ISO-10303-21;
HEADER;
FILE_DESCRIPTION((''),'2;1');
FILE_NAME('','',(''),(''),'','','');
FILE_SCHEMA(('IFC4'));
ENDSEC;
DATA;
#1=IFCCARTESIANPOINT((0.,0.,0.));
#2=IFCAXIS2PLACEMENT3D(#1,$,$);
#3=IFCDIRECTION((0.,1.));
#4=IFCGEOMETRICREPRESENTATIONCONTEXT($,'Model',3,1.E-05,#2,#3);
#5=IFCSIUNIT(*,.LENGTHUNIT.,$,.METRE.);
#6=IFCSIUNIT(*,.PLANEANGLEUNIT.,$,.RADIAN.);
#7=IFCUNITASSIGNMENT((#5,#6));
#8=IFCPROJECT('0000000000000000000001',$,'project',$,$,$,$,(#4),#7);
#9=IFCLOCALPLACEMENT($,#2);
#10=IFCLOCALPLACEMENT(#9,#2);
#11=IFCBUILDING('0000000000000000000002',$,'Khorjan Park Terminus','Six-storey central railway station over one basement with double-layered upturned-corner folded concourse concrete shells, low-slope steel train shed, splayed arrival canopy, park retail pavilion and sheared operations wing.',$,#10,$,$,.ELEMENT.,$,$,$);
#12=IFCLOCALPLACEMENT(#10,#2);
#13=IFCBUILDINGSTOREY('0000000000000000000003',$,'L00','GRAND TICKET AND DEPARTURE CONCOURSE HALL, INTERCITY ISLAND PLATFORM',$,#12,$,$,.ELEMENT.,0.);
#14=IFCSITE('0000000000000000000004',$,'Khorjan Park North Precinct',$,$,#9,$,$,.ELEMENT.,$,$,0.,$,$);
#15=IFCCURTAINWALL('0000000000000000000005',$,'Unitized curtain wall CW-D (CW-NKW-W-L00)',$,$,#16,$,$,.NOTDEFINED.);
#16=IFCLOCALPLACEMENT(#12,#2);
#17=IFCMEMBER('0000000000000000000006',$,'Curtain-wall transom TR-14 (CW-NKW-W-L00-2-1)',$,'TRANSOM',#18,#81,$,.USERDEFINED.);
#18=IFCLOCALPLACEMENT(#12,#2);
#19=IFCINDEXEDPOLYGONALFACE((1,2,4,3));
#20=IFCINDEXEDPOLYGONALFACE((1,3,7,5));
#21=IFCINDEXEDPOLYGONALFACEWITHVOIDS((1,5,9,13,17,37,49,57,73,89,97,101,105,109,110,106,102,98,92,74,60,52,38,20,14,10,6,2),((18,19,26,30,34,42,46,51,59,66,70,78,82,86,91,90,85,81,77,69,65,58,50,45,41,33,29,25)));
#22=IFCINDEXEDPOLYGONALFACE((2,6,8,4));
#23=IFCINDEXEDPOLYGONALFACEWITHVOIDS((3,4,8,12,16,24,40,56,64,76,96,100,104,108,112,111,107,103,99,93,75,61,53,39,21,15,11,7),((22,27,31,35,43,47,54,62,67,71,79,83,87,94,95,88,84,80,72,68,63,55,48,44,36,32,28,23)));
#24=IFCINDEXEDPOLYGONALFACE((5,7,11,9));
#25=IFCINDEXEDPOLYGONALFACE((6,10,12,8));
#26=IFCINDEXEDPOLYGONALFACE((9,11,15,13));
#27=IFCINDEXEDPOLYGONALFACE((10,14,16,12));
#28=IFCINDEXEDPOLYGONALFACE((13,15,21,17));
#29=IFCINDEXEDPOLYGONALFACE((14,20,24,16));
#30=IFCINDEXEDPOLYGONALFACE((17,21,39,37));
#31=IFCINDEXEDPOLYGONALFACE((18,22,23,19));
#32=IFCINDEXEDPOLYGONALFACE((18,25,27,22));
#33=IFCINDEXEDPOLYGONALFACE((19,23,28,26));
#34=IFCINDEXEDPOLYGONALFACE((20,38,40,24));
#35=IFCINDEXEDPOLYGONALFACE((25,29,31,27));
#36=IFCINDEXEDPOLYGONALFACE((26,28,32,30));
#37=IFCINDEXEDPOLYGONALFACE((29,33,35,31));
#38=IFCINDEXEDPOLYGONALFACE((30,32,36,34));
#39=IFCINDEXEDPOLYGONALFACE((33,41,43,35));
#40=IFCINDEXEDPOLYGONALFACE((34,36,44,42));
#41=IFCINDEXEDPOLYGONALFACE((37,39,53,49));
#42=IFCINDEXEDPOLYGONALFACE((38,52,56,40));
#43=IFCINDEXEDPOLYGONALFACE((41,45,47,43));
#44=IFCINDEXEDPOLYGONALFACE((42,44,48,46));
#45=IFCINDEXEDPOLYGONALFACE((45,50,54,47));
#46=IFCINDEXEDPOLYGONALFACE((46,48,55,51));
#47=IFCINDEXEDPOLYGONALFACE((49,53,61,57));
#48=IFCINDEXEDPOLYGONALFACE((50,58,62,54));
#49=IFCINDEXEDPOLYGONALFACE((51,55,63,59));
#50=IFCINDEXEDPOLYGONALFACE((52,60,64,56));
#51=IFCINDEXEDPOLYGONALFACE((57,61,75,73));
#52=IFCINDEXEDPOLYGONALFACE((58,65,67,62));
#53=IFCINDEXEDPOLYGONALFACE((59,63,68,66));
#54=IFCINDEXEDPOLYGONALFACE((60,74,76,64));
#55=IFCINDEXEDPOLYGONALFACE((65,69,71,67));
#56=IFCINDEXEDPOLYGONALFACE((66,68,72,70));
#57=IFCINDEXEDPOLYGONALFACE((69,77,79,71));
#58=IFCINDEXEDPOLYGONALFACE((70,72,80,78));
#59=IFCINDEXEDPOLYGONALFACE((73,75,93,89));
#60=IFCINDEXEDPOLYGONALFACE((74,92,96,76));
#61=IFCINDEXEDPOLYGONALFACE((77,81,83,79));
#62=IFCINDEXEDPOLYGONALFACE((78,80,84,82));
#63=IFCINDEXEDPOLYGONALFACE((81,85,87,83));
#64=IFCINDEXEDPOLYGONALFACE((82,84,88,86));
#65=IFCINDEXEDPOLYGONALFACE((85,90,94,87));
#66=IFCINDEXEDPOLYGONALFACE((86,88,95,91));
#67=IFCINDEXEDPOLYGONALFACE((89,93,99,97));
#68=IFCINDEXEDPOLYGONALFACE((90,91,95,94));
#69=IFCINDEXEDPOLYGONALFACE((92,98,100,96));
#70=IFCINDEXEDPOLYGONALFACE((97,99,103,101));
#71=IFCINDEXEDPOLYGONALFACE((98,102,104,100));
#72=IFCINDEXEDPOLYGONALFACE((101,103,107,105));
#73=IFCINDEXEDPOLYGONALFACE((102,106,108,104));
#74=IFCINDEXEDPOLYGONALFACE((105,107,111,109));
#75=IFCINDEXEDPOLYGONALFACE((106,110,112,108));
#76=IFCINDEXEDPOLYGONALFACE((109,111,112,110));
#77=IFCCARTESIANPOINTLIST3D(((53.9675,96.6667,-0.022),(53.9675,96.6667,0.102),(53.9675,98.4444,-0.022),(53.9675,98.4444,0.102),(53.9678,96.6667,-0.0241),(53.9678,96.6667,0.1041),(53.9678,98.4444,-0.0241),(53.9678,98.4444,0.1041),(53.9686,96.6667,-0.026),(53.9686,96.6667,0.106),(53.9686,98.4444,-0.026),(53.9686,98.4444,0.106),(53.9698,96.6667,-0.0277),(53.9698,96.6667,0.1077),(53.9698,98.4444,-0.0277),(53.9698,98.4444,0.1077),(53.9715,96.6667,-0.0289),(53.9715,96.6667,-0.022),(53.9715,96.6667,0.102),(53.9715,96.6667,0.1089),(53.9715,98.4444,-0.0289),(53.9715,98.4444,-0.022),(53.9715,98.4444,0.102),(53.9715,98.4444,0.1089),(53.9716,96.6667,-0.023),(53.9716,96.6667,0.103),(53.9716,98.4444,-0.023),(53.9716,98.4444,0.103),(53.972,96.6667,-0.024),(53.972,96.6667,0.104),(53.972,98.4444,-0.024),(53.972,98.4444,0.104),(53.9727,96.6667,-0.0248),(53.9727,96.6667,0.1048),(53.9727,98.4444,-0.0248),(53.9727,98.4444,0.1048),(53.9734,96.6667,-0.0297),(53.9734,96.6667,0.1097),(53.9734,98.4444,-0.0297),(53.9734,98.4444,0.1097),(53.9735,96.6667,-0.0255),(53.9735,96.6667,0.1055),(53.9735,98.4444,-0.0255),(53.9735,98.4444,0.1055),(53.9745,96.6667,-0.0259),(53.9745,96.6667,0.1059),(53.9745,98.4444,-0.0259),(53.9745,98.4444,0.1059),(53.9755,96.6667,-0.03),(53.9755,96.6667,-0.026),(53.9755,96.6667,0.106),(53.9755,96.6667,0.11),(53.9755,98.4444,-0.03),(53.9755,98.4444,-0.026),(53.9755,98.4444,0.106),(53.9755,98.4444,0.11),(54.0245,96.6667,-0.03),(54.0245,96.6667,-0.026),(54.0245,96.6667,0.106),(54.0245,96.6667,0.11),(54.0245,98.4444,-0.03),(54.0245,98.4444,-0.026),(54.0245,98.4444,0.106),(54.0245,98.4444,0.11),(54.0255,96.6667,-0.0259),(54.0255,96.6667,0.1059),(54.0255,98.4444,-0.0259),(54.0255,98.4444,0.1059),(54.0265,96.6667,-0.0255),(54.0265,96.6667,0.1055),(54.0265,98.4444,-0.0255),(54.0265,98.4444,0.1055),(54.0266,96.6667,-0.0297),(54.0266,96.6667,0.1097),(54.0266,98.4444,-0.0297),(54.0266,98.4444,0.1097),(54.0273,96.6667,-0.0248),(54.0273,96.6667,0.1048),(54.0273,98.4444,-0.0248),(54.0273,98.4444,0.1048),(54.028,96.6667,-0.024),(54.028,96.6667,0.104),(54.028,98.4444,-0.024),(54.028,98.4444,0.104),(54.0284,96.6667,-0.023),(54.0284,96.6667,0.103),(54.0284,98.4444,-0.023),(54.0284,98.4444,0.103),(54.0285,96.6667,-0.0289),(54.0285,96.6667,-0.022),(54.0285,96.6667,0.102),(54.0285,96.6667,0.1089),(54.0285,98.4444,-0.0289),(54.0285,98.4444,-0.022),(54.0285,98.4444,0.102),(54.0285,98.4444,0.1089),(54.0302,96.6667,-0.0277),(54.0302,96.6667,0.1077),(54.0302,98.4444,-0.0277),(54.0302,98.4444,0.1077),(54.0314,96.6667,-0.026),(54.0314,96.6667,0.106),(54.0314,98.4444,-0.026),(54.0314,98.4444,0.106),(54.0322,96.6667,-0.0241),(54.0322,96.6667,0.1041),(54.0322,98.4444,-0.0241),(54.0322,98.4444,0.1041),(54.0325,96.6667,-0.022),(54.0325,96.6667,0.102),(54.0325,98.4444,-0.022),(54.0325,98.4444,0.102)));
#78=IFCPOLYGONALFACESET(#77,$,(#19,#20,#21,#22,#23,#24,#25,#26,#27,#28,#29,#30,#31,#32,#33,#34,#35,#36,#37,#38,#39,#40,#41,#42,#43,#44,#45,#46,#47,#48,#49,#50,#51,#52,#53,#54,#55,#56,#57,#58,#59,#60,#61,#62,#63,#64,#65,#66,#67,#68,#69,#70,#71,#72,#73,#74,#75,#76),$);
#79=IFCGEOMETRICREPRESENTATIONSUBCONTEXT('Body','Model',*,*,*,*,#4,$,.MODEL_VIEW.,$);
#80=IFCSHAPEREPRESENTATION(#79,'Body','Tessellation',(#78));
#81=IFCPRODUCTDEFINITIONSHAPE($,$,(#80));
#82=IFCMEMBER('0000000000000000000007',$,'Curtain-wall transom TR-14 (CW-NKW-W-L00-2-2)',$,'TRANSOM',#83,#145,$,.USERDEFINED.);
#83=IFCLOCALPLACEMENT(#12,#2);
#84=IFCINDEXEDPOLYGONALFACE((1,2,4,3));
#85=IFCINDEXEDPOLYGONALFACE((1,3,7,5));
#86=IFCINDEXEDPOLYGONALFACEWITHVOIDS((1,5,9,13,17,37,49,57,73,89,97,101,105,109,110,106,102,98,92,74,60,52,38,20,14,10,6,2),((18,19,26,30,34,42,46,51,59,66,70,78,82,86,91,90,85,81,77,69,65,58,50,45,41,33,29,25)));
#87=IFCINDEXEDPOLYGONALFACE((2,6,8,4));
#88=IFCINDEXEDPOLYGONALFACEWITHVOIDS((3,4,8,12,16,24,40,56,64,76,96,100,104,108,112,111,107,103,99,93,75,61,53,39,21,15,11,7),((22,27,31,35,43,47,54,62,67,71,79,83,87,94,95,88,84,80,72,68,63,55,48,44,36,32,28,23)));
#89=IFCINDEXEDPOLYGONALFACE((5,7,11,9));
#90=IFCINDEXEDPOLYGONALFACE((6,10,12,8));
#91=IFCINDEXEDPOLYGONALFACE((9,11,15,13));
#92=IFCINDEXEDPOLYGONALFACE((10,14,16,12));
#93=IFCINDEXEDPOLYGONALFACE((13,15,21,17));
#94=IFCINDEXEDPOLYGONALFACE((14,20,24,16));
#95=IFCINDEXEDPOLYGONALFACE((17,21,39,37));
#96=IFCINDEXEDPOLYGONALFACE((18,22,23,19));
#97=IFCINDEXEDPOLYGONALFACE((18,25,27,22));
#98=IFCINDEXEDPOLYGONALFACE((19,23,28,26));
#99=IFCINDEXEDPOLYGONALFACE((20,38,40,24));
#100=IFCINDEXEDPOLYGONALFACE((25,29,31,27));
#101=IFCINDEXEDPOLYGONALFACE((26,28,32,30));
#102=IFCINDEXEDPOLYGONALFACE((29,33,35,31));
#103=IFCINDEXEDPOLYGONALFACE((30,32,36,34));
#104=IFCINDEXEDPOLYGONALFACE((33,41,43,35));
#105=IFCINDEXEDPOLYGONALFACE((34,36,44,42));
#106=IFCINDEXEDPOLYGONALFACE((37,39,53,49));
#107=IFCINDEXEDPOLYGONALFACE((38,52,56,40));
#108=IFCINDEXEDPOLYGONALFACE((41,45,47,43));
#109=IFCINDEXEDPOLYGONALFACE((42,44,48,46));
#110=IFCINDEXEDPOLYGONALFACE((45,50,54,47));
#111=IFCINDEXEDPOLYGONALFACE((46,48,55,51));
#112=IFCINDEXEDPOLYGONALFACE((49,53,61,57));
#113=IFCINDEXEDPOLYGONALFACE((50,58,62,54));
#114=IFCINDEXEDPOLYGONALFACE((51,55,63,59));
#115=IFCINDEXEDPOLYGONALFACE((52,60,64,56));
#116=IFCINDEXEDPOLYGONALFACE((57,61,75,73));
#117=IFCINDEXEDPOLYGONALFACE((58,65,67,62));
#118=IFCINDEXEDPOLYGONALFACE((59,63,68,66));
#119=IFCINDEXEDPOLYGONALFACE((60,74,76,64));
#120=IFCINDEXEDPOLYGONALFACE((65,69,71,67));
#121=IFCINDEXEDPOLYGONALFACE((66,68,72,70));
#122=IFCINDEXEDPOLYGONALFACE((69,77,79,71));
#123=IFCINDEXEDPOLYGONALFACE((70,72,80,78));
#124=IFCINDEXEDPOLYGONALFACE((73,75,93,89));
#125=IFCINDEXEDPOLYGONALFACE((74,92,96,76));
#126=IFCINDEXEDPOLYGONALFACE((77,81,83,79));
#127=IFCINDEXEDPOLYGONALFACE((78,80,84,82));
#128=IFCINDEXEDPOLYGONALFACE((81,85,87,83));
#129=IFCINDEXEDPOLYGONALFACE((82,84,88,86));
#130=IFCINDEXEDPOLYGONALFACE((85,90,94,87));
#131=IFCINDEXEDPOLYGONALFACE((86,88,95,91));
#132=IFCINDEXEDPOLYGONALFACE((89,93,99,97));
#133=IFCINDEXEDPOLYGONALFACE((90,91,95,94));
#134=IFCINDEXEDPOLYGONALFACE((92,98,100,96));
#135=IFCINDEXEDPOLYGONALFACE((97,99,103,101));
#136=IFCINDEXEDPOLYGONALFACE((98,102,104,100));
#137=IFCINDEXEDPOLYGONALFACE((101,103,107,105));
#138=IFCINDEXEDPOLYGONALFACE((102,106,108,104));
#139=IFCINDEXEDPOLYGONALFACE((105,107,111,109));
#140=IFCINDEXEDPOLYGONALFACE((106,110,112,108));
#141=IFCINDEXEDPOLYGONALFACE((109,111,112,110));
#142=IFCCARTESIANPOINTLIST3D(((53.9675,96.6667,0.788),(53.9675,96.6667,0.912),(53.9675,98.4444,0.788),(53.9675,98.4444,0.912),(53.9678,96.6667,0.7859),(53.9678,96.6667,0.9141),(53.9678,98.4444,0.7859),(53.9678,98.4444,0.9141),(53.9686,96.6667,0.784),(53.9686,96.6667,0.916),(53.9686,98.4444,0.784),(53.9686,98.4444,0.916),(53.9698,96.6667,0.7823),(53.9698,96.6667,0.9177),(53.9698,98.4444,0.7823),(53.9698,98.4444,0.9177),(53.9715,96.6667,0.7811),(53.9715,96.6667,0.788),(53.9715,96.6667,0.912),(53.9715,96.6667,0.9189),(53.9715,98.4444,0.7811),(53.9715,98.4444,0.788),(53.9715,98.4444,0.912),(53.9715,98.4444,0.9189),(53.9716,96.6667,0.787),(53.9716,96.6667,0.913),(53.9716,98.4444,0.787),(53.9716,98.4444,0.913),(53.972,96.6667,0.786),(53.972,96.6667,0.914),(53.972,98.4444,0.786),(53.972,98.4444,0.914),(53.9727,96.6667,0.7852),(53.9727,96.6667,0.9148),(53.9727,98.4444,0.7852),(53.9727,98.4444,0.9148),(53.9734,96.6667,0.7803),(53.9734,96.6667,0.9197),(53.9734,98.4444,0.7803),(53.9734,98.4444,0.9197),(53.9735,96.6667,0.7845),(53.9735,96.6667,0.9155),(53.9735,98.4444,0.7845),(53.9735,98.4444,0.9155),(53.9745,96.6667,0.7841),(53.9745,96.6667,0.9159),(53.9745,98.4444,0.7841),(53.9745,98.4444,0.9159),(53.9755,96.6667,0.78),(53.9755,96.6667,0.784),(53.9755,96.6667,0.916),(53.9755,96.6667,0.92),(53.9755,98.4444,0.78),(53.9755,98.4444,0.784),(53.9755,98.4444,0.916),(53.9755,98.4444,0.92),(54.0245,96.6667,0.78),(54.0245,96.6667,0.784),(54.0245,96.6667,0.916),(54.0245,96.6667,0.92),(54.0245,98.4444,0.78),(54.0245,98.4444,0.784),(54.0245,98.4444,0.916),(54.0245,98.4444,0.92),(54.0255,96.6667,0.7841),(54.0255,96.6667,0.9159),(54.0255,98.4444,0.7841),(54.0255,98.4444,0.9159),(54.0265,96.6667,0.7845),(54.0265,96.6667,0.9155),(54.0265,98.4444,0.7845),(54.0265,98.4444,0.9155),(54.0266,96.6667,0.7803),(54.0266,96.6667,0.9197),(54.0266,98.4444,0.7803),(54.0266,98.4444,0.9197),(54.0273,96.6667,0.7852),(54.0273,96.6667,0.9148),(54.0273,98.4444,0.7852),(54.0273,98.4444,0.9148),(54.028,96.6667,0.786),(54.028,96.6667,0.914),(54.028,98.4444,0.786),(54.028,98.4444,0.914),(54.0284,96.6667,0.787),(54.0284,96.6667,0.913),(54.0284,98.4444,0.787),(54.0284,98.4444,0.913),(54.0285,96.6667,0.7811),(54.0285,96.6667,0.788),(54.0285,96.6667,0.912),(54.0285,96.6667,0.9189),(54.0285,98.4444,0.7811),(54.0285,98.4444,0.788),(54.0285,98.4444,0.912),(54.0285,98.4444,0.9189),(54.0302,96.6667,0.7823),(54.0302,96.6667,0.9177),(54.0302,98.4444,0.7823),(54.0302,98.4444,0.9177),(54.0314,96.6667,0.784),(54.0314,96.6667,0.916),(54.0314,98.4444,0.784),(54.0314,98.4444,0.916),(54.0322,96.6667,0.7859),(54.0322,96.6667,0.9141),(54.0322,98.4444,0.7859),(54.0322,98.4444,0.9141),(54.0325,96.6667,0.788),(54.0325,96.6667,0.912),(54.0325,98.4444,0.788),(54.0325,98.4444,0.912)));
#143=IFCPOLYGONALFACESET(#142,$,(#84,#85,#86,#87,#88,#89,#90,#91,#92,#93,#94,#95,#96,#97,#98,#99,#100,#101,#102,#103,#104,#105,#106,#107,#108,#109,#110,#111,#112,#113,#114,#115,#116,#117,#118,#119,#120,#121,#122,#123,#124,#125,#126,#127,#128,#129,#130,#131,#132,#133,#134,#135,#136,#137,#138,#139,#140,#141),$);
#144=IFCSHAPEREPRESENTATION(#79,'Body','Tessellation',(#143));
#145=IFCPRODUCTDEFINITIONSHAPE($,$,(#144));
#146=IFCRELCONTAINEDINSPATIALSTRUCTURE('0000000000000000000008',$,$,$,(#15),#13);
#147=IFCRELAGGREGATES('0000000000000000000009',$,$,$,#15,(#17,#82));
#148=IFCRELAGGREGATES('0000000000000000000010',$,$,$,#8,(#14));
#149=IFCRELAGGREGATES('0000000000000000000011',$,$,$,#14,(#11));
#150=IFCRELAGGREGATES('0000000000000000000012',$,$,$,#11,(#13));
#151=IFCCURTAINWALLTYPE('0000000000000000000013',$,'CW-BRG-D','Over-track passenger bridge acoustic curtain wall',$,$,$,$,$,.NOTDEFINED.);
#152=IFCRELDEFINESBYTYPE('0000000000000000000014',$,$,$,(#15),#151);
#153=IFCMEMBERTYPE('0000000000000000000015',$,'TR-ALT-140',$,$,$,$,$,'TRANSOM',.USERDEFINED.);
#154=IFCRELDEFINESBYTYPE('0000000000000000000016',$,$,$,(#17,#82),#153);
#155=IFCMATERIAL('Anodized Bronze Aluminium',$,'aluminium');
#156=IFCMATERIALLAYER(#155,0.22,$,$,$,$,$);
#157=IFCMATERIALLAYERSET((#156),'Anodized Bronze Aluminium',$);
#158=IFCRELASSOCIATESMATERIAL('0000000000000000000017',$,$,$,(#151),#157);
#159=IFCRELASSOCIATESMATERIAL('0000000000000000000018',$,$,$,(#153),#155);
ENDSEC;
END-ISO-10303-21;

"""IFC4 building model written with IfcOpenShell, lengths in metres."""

from ifc_helpers import new_model, si_unit, direction, frame, origin, origin_2d, place, context, subcontext, project, spatial, hollow_rectangle, extrude, material, layer, layer_set, material_profile, profile_set, type_object, element, aggregate, save


model = new_model("IFC4")

# Units and contexts
model_context = context("Model", 3, precision=1e-05, world=origin(), true_north=direction((0.0, 1.0)))
body_context = subcontext(model_context, "Body", "Model", "MODEL_VIEW")
ifc_project = project(units=[si_unit("LENGTHUNIT", "METRE"), si_unit("PLANEANGLEUNIT", "RADIAN")], contexts=[model_context])

# Site, building, storey
site_placement = place(None, origin())
site = spatial("IfcSite", under=ifc_project, at=site_placement, Name="Khorjan Park North Precinct", CompositionType="ELEMENT", RefElevation=0.0)
building_placement = place(site_placement, origin())
building = spatial("IfcBuilding", under=site, at=building_placement, Name="Khorjan Park Terminus", Description="Six-storey central railway station over one basement with double-layered upturned-corner folded concourse concrete shells, low-slope steel train shed, splayed arrival canopy, park retail pavilion and sheared operations wing.", CompositionType="ELEMENT")
storey_placement = place(building_placement, origin())
storey = spatial("IfcBuildingStorey", under=building, at=storey_placement, Name="L00", Description="GRAND TICKET AND DEPARTURE CONCOURSE HALL, INTERCITY ISLAND PLATFORM", CompositionType="ELEMENT", Elevation=0.0)

# Curtain wall, members
ifc_material_1 = material(Name="Anodized Bronze Aluminium", Category="aluminium")
ifc_layer_1 = layer(ifc_material_1, 0.22)
ifc_layer_set_1 = layer_set([ifc_layer_1], Name="Anodized Bronze Aluminium")
curtain_wall_type = type_object("IfcCurtainWallType", Name="CW-BRG-D", Description="Over-track passenger bridge acoustic curtain wall", PredefinedType="NOTDEFINED", material=ifc_layer_set_1)
curtain_wall_placement = place(storey_placement, origin())
curtain_wall = element("IfcCurtainWall", 1, at=curtain_wall_placement, inside=storey, type_object=curtain_wall_type, Name="Unitized curtain wall CW-D (CW-NKW-W-L00)", PredefinedType="NOTDEFINED")
ifc_material_profile_1 = material_profile(ifc_material_1, hollow_rectangle(XDim=0.065, YDim=0.14, WallThickness=0.004, InnerFilletRadius=0.004, OuterFilletRadius=0.008, at=origin_2d()), Name="ALT 65x140x4")
ifc_profile_set_1 = profile_set([ifc_material_profile_1], Name="Anodized Bronze Aluminium")
member_type_1 = type_object("IfcMemberType", Name="TR-ALT-140", ElementType="TRANSOM", PredefinedType="USERDEFINED", material=ifc_profile_set_1)
member_1_placement = place(storey_placement, frame((54.0, 98.4444, 0.04), z_axis=(0.0, -1.0, 0.0), x_axis=(1.0, 0.0, 0.0)))
member_1 = element("IfcMember", 2, at=member_1_placement, type_object=member_type_1, Name="Curtain-wall transom TR-14 (CW-NKW-W-L00-2-1)", ObjectType="TRANSOM", PredefinedType="USERDEFINED", context=body_context, shape_type="SweptSolid", body=[
    extrude(hollow_rectangle(XDim=0.065, YDim=0.14, WallThickness=0.004, InnerFilletRadius=0.004, OuterFilletRadius=0.008, at=origin_2d()), origin(), (0.0, 0.0, 1.0), 1.7777),
])
member_2_placement = place(storey_placement, frame((54.0, 98.4444, 0.85), z_axis=(0.0, -1.0, 0.0), x_axis=(1.0, 0.0, 0.0)))
member_2 = element("IfcMember", 3, at=member_2_placement, type_object=member_type_1, Name="Curtain-wall transom TR-14 (CW-NKW-W-L00-2-2)", ObjectType="TRANSOM", PredefinedType="USERDEFINED", context=body_context, shape_type="SweptSolid", body=[
    extrude(hollow_rectangle(XDim=0.065, YDim=0.14, WallThickness=0.004, InnerFilletRadius=0.004, OuterFilletRadius=0.008, at=origin_2d()), origin(), (0.0, 0.0, 1.0), 1.7777),
])
aggregate(curtain_wall, [member_1, member_2])

save(model, "model.ifc")
